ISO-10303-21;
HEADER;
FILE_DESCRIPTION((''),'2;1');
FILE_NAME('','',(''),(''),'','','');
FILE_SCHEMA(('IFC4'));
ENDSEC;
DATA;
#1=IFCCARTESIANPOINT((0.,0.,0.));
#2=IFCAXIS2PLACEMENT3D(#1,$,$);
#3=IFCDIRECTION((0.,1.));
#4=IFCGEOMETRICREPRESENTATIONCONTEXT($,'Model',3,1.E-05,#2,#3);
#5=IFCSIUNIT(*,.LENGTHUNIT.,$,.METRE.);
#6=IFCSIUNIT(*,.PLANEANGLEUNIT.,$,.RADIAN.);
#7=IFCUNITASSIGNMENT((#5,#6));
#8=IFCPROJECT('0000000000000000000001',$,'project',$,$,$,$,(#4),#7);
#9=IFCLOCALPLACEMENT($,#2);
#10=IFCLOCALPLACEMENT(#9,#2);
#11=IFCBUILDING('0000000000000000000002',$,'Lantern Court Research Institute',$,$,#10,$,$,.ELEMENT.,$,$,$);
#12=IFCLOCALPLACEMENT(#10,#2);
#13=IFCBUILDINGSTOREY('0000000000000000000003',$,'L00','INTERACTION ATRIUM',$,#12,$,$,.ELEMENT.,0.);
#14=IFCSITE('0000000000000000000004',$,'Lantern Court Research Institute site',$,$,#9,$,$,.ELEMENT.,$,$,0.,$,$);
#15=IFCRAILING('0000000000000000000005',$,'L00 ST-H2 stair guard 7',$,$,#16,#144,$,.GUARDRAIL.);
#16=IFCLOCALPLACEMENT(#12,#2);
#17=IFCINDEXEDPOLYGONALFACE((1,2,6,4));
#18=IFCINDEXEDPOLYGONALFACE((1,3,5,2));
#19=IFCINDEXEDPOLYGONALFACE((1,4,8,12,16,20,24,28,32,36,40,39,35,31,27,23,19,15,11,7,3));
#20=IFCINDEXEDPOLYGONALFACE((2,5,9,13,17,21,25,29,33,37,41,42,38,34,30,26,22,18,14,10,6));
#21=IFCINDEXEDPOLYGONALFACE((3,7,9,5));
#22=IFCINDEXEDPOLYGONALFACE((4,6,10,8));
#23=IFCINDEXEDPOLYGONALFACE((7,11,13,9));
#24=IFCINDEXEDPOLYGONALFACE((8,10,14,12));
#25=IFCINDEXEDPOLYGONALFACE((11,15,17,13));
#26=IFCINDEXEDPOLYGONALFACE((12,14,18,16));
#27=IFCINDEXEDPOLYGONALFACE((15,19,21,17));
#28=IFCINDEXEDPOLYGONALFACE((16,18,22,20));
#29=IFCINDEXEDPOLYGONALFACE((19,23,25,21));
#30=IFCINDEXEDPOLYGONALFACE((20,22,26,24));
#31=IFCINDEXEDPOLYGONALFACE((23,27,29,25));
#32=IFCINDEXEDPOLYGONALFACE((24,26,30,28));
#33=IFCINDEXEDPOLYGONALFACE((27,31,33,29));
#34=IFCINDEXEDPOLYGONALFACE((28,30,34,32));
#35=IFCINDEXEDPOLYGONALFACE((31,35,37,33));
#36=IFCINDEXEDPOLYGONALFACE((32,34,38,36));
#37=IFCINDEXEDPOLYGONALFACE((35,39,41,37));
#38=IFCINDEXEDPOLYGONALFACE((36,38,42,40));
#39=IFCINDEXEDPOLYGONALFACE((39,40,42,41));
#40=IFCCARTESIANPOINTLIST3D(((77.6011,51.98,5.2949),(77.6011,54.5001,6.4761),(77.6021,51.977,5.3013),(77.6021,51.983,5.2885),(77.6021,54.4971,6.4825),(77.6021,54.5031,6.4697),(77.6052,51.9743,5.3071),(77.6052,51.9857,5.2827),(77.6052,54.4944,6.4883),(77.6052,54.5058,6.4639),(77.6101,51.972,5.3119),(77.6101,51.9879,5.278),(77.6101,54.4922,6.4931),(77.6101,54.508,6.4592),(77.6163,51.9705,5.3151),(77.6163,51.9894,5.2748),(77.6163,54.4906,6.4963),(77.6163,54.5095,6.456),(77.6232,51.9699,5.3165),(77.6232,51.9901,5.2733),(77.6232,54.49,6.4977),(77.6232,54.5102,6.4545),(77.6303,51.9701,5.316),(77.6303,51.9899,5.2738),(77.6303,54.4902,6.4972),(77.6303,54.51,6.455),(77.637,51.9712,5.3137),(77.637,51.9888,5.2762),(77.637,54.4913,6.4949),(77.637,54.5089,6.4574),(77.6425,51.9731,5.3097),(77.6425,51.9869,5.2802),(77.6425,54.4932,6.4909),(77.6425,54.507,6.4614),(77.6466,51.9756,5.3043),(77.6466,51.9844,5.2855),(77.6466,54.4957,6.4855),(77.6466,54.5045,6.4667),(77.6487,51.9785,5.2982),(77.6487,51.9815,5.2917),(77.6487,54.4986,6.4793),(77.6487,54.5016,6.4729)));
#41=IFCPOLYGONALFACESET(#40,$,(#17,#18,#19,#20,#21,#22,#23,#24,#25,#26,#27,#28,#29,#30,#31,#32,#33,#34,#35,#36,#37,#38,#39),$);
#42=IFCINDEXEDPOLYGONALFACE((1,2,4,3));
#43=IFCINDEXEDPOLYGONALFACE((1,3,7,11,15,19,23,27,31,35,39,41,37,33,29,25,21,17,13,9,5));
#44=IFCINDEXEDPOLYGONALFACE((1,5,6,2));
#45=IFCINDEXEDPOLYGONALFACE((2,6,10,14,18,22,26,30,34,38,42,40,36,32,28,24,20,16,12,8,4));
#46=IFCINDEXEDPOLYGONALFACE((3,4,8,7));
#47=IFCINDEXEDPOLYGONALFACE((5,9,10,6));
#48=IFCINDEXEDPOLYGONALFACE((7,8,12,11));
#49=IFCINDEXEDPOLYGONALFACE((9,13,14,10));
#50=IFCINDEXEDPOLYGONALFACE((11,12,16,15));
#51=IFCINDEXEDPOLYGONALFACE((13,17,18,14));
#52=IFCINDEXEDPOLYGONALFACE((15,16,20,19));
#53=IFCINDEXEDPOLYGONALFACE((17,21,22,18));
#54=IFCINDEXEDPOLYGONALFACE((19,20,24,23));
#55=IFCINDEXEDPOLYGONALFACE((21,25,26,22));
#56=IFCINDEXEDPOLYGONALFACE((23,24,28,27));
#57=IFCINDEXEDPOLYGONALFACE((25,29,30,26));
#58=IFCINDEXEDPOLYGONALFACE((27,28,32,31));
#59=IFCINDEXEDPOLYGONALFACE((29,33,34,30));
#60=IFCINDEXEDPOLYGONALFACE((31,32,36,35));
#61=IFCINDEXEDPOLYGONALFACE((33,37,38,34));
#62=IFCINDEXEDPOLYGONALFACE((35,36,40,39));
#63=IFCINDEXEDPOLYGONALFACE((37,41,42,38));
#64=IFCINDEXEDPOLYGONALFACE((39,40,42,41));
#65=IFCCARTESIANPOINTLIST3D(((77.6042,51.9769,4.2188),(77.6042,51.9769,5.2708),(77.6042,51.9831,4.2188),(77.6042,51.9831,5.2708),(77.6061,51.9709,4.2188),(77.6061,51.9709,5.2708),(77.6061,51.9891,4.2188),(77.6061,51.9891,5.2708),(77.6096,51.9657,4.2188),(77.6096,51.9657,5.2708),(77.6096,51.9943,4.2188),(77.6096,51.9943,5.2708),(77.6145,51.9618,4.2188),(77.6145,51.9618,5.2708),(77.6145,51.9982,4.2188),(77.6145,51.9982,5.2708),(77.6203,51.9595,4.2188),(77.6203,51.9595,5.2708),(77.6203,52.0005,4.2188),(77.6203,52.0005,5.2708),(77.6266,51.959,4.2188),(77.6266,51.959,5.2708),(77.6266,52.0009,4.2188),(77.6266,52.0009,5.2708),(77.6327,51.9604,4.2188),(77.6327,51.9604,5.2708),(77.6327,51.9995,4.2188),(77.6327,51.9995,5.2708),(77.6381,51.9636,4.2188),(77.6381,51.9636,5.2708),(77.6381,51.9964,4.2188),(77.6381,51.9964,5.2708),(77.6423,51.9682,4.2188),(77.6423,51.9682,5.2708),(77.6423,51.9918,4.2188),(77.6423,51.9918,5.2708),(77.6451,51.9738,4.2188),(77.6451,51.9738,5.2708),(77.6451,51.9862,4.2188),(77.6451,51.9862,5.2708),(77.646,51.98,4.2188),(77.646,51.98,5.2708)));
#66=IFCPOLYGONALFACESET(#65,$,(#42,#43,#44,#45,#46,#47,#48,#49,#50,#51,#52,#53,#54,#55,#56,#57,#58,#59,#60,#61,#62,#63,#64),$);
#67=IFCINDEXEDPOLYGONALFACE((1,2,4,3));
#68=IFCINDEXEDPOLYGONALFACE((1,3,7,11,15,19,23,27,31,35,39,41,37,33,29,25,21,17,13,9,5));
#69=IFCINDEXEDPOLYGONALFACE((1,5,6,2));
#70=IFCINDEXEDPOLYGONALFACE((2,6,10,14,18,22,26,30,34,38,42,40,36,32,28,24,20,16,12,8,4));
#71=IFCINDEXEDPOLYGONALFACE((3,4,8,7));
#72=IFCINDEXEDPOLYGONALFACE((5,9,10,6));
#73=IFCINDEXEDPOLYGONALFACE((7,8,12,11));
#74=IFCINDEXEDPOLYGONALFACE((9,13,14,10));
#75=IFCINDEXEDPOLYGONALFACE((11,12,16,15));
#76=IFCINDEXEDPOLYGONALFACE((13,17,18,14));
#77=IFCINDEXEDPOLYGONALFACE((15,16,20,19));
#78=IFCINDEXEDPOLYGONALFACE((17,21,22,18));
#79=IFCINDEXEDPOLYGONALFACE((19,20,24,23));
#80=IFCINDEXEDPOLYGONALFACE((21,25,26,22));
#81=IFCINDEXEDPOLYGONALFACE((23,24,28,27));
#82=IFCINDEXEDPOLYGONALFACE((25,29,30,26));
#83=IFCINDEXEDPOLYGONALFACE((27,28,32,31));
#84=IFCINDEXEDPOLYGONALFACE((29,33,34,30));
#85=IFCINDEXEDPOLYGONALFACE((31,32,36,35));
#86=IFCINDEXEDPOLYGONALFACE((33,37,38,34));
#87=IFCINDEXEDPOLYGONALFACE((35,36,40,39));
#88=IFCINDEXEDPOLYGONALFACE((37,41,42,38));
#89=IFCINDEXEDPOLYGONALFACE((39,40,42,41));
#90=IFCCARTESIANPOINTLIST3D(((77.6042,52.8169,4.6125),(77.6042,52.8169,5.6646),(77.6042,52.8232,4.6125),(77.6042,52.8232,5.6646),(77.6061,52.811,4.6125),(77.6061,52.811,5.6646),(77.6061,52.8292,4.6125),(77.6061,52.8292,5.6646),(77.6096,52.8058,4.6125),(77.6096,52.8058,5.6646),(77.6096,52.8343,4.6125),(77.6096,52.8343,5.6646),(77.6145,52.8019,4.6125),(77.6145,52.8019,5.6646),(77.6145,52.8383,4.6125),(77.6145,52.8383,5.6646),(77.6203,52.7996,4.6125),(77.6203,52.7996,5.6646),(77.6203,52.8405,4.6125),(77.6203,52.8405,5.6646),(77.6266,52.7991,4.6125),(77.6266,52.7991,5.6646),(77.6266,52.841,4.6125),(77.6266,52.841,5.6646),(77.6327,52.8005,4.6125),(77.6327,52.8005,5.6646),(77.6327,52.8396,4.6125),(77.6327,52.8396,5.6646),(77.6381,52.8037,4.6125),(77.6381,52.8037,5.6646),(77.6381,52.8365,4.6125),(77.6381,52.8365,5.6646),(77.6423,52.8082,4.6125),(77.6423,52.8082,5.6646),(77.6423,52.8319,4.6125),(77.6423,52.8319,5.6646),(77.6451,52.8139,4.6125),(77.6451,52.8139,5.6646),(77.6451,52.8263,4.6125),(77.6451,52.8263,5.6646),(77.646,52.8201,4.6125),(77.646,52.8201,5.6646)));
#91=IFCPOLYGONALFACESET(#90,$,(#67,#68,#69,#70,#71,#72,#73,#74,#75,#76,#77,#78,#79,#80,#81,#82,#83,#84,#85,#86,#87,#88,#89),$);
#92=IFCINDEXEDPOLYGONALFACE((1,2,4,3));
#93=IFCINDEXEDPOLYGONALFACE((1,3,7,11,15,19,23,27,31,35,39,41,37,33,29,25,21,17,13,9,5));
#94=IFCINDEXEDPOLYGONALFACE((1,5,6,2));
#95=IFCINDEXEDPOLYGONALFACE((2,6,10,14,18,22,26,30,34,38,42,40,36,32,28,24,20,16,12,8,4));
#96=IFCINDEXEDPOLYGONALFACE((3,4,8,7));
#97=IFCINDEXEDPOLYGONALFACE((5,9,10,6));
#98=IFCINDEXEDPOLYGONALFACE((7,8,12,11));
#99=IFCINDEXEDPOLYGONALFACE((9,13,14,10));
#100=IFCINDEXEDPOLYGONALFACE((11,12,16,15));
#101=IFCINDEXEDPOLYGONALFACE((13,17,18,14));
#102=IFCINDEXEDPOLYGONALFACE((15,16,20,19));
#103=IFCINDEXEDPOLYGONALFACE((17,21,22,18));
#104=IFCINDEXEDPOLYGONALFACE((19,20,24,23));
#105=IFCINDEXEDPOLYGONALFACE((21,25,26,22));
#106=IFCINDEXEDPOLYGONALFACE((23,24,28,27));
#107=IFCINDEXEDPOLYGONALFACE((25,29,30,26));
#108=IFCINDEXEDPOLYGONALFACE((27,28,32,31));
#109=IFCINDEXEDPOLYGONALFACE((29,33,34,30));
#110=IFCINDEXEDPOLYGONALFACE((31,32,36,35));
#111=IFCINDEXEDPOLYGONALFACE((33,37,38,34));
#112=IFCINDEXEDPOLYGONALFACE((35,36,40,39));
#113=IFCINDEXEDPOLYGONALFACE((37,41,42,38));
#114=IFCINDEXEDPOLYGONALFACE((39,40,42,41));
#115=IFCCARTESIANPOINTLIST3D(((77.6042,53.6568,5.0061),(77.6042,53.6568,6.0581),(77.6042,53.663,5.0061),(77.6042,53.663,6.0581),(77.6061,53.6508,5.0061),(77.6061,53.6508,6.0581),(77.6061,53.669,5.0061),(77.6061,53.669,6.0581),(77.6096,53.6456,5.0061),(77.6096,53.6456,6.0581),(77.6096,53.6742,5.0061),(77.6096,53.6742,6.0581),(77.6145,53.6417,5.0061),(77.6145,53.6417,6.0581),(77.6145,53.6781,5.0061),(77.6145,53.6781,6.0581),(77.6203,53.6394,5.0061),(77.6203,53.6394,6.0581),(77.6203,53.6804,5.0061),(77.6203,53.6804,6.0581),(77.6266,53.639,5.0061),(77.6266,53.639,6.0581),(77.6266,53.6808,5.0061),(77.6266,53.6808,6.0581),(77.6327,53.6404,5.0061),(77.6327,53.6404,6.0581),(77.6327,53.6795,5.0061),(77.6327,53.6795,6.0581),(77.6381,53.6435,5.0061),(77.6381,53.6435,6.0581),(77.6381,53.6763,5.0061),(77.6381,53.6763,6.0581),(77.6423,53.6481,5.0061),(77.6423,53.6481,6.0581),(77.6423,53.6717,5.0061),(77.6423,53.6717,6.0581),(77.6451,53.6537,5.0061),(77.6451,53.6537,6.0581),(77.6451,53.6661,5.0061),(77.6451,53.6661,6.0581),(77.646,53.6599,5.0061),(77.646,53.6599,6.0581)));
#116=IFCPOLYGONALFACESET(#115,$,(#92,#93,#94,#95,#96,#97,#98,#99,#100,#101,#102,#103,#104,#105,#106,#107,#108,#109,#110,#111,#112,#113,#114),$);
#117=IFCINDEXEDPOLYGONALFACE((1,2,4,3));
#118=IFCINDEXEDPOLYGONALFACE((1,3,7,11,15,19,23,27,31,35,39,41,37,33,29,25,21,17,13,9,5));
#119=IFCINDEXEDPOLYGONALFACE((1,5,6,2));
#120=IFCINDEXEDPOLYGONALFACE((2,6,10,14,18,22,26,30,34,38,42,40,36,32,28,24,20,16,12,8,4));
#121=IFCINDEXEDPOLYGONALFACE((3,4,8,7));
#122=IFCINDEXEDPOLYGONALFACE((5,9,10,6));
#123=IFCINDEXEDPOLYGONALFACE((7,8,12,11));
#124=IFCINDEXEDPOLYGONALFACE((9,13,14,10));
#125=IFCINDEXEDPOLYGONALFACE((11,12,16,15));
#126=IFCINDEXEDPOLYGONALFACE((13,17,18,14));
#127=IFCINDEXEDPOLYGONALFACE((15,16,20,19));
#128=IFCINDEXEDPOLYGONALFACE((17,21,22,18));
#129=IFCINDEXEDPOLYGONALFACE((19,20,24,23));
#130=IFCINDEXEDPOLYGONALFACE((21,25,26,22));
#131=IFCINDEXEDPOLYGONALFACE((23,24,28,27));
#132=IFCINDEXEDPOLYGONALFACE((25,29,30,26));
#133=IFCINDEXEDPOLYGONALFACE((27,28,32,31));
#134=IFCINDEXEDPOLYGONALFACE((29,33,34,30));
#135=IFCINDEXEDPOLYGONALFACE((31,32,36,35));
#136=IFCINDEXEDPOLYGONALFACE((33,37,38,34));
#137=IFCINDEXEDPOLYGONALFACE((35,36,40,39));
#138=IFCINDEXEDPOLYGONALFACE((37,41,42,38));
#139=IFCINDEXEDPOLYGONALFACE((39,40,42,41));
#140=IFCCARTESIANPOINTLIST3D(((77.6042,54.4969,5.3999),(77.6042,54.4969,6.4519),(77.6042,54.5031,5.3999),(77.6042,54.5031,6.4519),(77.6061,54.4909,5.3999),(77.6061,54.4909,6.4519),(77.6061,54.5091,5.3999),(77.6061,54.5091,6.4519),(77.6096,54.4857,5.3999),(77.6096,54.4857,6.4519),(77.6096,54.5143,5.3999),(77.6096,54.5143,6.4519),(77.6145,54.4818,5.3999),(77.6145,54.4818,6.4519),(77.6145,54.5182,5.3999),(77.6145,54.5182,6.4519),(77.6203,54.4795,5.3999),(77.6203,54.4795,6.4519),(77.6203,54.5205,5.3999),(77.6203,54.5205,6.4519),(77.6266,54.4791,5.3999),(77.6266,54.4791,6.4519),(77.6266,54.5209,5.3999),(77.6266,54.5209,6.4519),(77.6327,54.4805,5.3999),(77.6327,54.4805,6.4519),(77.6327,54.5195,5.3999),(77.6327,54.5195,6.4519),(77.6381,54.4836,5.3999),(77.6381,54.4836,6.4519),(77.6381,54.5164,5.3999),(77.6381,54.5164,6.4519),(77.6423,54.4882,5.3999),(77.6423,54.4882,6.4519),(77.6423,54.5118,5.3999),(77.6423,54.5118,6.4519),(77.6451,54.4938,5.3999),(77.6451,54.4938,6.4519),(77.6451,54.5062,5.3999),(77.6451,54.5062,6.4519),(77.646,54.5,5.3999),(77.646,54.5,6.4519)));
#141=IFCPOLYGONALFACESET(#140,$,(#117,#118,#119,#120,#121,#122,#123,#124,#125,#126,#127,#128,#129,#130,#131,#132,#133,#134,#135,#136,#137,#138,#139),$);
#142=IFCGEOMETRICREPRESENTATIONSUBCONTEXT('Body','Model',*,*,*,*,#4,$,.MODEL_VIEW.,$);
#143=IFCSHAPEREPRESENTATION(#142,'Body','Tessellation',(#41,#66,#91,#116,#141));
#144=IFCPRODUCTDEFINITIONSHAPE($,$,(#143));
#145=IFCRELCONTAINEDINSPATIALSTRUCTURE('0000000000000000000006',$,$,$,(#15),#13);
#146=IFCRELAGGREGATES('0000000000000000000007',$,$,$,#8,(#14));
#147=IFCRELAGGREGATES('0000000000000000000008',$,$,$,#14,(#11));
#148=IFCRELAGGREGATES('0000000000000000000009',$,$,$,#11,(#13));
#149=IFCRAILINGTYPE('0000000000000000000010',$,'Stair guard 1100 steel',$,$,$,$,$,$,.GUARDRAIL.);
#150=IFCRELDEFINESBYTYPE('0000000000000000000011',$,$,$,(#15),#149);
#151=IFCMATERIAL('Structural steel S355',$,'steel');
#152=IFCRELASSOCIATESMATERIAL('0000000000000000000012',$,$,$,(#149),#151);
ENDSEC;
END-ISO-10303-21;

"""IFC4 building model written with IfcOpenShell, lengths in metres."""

from ifc_helpers import new_model, si_unit, direction, frame, origin, origin_2d, place, context, subcontext, project, spatial, circle, extrude, material, type_object, element, save


model = new_model("IFC4")

# Units and contexts
model_context = context("Model", 3, precision=1e-05, world=origin(), true_north=direction((0.0, 1.0)))
body_context = subcontext(model_context, "Body", "Model", "MODEL_VIEW")
ifc_project = project(units=[si_unit("LENGTHUNIT", "METRE"), si_unit("PLANEANGLEUNIT", "RADIAN")], contexts=[model_context])

# Site, building, storey
site_placement = place(None, origin())
site = spatial("IfcSite", under=ifc_project, at=site_placement, Name="Lantern Court Research Institute site", CompositionType="ELEMENT", RefElevation=0.0)
building_placement = place(site_placement, origin())
building = spatial("IfcBuilding", under=site, at=building_placement, Name="Lantern Court Research Institute", CompositionType="ELEMENT")
storey_placement = place(building_placement, origin())
storey = spatial("IfcBuildingStorey", under=building, at=storey_placement, Name="L00", Description="INTERACTION ATRIUM", CompositionType="ELEMENT", Elevation=0.0)

# Railing
ifc_material_1 = material(Name="Structural steel S355", Category="steel")
railing_type_1 = type_object("IfcRailingType", Name="Stair guard 1100 steel", PredefinedType="GUARDRAIL", material=ifc_material_1)
railing_1_placement = place(storey_placement, frame((77.625, 51.98, 4.2188)))
element("IfcRailing", 1, at=railing_1_placement, inside=storey, type_object=railing_type_1, Name="L00 ST-H2 stair guard 7", PredefinedType="GUARDRAIL", context=body_context, shape_type="SweptSolid", body=[
    extrude(circle(Radius=0.0239, at=origin_2d()), frame((0.0, 0.0, 1.0762), z_axis=(0.0, 0.905474, 0.424402), x_axis=(-1.0, 0.0, 0.0)), (0.0, 0.0, 1.0), 2.7832),
    extrude(circle(Radius=0.021, at=origin_2d()), origin(), (0.0, 0.0, 1.0), 1.052),
    extrude(circle(Radius=0.021, at=origin_2d()), frame((0.0, 0.8401, 0.3938)), (0.0, 0.0, 1.0), 1.052),
    extrude(circle(Radius=0.021, at=origin_2d()), frame((0.0, 1.6799, 0.7874)), (0.0, 0.0, 1.0), 1.052),
    extrude(circle(Radius=0.021, at=origin_2d()), frame((0.0, 2.52, 1.1812)), (0.0, 0.0, 1.0), 1.052),
])

save(model, "model.ifc")
